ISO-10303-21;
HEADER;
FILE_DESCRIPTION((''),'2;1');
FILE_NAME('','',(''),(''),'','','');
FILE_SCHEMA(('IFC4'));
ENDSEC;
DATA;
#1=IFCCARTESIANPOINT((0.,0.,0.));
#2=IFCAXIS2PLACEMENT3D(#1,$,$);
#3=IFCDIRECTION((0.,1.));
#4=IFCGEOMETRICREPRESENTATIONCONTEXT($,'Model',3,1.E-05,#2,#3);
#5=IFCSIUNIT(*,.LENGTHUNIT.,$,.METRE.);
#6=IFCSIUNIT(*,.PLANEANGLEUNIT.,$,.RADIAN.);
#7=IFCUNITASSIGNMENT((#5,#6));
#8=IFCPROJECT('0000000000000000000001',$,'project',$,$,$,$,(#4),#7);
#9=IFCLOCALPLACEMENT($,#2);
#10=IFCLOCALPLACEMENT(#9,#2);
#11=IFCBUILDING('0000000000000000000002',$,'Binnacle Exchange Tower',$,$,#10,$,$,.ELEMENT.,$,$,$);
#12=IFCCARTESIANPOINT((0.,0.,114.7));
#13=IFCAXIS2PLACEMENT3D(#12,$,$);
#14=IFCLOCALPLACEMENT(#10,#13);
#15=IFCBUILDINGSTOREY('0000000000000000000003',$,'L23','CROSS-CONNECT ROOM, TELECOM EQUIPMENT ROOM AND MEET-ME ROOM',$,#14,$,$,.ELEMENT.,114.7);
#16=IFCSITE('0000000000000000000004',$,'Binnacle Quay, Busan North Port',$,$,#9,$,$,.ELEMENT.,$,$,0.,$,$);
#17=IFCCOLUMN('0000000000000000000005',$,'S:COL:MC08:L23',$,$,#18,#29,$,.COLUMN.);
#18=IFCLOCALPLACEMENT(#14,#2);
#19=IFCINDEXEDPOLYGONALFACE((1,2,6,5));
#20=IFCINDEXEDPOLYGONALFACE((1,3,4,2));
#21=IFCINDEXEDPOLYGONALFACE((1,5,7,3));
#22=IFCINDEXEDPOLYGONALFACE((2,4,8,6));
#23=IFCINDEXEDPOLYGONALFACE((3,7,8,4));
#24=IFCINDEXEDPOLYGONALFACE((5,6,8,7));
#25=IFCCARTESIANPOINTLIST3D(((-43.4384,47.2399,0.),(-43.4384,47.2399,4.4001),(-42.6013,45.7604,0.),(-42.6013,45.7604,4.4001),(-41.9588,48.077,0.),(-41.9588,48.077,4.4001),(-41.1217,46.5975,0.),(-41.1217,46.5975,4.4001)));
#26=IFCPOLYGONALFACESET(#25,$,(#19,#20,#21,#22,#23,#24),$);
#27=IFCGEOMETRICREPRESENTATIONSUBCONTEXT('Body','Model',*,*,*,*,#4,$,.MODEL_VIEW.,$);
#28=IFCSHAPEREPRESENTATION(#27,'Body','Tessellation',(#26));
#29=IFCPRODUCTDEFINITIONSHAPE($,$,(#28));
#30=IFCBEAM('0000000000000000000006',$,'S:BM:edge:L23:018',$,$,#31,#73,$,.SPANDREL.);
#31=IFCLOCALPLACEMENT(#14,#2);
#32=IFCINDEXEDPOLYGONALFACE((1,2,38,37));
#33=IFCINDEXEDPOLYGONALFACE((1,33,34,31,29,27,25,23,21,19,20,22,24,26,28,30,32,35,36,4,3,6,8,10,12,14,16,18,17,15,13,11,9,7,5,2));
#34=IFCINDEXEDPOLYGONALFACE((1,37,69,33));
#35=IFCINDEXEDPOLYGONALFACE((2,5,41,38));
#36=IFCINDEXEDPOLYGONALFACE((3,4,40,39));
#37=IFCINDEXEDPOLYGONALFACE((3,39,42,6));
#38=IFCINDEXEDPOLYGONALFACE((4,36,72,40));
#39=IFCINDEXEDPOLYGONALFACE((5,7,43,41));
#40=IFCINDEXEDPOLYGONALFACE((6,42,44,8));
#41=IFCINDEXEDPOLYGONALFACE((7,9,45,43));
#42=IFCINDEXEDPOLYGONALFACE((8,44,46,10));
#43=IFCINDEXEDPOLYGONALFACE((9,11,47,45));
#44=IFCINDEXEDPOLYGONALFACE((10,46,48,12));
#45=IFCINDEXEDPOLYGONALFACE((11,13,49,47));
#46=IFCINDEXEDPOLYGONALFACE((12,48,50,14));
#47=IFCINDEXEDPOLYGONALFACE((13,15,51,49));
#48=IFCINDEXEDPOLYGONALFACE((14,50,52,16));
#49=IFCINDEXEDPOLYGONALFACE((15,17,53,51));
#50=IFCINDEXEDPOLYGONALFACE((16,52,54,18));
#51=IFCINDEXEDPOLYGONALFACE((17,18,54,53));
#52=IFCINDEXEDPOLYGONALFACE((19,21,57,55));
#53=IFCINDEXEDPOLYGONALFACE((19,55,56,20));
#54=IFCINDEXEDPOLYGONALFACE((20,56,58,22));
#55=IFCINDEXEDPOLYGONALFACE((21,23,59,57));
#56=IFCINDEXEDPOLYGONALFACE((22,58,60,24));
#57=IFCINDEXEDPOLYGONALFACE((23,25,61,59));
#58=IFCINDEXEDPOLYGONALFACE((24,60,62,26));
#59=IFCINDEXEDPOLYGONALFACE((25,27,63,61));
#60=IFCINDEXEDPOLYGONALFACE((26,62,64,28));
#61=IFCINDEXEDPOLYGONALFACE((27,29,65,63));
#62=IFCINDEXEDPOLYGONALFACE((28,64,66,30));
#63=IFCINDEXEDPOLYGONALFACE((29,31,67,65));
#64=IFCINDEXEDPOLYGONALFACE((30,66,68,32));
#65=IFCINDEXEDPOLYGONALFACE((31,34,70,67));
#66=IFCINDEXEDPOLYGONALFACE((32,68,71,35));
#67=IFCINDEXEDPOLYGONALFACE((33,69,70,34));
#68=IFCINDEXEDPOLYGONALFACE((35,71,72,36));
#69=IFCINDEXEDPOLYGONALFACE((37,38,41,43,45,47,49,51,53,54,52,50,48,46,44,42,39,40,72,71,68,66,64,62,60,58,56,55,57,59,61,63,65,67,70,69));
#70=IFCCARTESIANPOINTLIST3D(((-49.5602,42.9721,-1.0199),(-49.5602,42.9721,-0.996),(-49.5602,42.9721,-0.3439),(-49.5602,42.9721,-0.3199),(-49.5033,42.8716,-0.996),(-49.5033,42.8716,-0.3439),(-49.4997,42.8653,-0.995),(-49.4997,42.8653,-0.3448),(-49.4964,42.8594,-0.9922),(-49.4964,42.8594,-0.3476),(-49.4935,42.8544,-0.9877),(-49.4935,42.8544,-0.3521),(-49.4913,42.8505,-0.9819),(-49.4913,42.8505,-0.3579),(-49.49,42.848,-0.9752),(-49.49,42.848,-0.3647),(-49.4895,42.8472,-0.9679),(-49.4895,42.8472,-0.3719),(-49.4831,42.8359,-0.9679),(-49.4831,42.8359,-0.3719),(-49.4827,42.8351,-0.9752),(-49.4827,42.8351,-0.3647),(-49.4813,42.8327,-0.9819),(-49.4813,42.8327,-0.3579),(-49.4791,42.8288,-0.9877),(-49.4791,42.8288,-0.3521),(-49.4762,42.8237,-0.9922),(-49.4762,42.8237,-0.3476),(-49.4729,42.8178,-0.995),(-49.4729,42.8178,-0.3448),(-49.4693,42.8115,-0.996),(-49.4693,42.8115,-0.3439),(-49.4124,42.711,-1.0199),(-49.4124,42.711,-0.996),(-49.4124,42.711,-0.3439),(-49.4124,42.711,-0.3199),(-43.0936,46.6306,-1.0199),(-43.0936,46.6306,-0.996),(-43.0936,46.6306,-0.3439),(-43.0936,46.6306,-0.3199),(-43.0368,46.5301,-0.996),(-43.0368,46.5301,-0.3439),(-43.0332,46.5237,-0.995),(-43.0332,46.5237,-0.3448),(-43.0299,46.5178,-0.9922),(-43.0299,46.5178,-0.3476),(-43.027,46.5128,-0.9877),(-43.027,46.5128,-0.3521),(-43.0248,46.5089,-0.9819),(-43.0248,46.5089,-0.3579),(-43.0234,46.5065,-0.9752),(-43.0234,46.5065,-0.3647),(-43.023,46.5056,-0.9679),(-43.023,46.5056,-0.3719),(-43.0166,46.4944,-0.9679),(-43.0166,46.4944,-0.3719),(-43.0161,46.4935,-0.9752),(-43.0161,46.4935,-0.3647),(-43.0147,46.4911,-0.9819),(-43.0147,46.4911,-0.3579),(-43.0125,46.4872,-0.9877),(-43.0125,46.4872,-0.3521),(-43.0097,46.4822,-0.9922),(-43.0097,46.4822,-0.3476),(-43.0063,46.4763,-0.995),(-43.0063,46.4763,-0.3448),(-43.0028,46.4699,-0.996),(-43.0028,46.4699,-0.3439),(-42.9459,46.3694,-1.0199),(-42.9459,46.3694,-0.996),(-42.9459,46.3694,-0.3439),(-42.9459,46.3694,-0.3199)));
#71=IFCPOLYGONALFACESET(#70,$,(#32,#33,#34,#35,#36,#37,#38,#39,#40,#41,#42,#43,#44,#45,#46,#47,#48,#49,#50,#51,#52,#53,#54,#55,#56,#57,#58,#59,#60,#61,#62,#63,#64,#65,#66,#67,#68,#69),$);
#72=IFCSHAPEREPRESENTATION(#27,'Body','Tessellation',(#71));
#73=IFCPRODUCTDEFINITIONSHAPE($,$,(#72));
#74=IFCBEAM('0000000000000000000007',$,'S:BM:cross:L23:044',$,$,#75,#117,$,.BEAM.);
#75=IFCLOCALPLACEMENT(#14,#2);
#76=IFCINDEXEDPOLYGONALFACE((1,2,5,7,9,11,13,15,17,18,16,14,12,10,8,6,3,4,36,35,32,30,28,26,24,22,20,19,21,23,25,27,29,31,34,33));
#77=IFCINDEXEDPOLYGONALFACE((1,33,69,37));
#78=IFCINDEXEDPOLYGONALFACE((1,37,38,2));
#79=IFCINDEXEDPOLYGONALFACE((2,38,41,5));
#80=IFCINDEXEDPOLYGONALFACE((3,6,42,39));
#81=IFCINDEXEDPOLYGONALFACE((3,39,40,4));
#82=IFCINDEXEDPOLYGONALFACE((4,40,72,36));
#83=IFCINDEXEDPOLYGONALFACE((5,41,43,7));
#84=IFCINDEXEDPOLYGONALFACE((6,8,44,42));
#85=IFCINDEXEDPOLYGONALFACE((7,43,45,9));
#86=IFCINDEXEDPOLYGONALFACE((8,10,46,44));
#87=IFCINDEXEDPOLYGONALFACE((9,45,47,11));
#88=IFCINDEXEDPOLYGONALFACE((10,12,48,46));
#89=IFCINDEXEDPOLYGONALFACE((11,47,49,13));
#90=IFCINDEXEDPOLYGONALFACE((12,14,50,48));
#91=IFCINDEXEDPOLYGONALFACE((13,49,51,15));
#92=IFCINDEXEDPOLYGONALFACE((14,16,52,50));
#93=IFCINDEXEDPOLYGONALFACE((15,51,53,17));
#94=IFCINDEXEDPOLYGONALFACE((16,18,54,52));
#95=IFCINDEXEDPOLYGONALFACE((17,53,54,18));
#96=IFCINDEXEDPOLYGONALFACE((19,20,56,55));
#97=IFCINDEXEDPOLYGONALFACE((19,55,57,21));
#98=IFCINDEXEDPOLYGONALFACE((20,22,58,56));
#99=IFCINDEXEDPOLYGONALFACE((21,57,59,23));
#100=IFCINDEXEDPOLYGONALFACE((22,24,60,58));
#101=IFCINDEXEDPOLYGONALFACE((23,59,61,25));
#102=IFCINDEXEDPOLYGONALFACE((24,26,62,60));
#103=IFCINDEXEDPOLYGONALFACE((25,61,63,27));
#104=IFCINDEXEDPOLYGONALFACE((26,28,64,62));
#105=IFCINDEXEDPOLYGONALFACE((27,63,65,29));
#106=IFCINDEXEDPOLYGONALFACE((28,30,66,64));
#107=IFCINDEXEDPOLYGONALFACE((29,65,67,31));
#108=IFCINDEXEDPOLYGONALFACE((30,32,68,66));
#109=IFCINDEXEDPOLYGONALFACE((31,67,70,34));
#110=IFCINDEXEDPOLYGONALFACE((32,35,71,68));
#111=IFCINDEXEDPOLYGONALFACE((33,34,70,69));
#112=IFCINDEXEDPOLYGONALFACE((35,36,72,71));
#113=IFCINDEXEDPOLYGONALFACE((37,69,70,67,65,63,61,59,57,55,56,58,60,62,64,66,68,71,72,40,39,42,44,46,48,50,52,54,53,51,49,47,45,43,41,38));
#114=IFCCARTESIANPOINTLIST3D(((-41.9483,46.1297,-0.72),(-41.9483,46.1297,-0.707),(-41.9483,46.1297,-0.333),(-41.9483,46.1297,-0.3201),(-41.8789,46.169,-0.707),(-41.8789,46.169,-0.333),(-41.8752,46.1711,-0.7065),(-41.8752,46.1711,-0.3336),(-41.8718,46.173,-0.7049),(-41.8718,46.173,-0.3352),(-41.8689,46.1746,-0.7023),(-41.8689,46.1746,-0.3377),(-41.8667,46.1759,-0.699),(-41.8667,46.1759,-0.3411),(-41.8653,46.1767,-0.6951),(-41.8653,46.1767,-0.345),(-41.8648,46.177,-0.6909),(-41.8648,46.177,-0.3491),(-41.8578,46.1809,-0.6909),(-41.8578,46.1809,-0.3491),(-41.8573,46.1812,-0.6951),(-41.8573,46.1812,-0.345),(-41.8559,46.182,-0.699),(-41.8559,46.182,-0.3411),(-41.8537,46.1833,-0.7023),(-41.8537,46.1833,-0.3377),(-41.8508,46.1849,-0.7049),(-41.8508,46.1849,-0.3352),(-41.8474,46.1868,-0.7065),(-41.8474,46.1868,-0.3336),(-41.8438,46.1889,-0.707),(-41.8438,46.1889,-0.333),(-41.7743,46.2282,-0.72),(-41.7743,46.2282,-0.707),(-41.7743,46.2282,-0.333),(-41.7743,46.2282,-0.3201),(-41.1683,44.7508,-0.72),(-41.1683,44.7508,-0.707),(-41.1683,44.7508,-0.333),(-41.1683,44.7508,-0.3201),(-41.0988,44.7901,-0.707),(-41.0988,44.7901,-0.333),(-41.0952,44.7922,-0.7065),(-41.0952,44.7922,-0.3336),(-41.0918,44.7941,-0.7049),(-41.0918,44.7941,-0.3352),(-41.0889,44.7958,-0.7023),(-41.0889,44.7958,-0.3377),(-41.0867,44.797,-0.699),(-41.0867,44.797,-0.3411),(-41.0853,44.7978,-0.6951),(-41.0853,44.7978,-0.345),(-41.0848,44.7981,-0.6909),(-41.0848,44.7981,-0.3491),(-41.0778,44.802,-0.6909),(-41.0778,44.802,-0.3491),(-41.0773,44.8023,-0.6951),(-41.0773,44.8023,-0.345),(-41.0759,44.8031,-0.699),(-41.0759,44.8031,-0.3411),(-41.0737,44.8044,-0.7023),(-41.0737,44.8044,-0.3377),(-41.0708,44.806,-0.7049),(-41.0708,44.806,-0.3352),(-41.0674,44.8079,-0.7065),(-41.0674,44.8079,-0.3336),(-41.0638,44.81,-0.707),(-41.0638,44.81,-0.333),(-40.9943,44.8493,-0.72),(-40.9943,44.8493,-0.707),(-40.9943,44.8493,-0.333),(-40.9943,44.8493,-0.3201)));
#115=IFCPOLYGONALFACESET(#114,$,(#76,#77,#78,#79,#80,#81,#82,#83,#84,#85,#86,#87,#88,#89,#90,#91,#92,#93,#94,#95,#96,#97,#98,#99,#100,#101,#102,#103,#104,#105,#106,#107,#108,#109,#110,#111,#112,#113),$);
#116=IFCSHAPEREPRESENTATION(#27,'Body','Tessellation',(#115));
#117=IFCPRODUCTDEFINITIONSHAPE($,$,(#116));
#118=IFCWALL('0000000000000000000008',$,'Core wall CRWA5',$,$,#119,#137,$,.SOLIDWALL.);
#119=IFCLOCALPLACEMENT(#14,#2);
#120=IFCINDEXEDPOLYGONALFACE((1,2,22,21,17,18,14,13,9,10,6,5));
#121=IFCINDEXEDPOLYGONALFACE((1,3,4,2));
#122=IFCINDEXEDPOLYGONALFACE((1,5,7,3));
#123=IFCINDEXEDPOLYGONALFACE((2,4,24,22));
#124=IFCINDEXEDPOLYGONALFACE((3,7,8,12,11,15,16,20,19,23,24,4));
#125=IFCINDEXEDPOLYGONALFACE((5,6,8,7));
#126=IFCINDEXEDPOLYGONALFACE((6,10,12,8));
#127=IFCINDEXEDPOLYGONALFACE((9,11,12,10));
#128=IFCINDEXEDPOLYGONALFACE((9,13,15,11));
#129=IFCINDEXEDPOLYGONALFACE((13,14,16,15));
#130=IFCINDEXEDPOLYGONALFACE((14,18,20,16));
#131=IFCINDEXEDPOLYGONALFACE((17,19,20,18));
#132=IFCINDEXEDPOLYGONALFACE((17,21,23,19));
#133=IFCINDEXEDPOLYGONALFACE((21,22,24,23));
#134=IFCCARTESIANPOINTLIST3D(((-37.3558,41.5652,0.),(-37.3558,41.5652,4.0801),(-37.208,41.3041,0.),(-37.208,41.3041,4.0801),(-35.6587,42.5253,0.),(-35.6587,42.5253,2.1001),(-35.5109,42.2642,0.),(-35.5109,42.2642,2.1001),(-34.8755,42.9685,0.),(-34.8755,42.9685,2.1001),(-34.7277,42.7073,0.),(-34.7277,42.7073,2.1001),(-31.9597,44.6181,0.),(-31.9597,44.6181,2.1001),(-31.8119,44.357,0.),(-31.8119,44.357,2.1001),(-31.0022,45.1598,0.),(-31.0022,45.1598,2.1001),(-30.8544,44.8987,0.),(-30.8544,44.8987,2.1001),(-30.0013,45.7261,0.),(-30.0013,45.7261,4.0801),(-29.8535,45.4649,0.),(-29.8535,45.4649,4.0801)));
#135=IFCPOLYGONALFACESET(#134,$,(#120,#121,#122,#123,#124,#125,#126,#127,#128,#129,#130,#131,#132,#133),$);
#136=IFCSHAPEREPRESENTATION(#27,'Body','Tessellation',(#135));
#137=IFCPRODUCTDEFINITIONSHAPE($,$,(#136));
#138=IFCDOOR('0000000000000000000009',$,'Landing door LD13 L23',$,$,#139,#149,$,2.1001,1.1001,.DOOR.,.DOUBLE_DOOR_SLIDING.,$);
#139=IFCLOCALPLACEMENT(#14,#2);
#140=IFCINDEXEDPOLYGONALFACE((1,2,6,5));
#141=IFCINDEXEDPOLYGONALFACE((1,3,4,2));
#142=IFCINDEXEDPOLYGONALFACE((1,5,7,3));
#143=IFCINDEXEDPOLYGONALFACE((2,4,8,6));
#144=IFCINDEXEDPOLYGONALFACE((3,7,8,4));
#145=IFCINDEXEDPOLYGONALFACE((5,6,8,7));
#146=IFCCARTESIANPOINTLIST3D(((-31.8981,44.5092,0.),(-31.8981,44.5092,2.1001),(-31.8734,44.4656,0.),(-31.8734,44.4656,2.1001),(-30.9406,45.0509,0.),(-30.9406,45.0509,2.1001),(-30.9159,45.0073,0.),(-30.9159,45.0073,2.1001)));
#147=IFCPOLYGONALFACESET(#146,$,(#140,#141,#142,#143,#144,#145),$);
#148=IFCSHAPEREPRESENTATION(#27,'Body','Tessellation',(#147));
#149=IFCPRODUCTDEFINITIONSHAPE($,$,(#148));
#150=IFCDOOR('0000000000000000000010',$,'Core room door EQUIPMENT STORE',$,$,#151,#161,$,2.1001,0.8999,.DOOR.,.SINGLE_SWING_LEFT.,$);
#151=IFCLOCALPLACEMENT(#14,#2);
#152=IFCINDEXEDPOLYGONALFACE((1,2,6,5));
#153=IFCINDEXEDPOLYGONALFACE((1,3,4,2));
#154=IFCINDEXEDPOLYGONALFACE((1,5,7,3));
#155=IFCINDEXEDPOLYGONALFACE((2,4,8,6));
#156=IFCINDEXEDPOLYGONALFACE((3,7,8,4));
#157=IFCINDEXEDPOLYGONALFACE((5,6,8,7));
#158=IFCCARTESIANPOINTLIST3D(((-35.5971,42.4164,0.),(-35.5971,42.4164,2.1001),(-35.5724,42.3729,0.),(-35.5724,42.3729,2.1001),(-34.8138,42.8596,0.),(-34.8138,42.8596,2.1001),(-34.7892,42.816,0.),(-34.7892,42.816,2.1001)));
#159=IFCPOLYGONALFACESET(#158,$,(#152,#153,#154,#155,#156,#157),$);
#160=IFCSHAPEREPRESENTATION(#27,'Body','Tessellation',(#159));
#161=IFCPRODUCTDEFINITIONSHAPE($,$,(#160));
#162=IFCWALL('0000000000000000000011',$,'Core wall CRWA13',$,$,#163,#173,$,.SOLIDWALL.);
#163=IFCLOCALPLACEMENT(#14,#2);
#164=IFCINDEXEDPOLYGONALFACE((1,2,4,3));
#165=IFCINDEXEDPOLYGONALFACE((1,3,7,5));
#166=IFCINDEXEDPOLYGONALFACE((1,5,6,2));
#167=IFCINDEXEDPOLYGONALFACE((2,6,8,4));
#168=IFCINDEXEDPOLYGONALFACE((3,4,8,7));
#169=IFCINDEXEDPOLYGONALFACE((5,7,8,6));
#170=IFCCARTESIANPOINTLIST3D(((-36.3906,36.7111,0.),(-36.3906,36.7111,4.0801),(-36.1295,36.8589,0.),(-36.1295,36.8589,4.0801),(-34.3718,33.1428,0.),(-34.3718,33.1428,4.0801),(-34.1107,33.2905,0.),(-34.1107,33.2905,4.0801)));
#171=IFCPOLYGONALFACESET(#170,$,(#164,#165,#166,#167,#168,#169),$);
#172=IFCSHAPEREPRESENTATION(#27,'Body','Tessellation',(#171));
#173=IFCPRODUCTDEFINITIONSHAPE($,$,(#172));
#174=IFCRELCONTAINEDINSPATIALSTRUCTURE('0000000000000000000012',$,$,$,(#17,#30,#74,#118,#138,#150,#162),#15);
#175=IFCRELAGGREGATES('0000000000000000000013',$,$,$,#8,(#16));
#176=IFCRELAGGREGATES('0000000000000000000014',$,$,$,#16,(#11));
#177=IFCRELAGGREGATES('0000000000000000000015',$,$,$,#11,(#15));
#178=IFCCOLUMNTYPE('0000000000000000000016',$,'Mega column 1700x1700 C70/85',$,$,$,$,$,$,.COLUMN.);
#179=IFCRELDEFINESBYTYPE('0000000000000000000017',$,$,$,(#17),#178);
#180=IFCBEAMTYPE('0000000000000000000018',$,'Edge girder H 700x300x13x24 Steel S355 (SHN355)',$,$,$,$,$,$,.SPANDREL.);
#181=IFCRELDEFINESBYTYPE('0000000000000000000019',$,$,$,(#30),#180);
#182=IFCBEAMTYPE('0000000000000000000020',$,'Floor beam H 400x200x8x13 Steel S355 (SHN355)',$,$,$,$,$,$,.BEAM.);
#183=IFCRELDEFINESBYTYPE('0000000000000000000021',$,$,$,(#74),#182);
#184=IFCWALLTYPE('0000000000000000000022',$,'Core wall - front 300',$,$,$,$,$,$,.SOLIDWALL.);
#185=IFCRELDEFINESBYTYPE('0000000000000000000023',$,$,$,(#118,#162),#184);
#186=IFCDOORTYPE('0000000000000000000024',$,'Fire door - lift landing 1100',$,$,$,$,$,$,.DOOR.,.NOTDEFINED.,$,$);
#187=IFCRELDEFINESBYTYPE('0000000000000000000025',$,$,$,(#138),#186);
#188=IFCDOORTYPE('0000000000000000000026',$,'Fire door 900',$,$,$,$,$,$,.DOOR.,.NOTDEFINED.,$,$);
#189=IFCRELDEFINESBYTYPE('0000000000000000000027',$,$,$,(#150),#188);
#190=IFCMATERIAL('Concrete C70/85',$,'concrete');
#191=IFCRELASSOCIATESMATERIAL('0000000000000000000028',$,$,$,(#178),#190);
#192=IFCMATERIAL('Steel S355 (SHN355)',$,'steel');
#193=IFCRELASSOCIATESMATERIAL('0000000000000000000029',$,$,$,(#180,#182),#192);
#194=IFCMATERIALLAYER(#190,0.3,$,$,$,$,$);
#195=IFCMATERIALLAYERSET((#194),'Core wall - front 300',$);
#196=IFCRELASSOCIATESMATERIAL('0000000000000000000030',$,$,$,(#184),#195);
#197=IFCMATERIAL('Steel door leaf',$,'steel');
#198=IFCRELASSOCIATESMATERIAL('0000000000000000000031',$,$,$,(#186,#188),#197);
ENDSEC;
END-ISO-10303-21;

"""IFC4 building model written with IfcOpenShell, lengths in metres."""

from ifc_helpers import new_model, si_unit, direction, frame, frame_2d, origin, origin_2d, place, context, subcontext, project, spatial, rectangle, i_section, extrude, material, layer, layer_set, material_profile, profile_set, type_object, element, fill, save


model = new_model("IFC4")

# Units and contexts
model_context = context("Model", 3, precision=1e-05, world=origin(), true_north=direction((0.0, 1.0)))
body_context = subcontext(model_context, "Body", "Model", "MODEL_VIEW")
ifc_project = project(units=[si_unit("LENGTHUNIT", "METRE"), si_unit("PLANEANGLEUNIT", "RADIAN")], contexts=[model_context])

# Site, building, storey
site_placement = place(None, origin())
site = spatial("IfcSite", under=ifc_project, at=site_placement, Name="Binnacle Quay, Busan North Port", CompositionType="ELEMENT", RefElevation=0.0)
building_placement = place(site_placement, origin())
building = spatial("IfcBuilding", under=site, at=building_placement, Name="Binnacle Exchange Tower", CompositionType="ELEMENT")
storey_placement = place(building_placement, frame((0.0, 0.0, 114.7)))
storey = spatial("IfcBuildingStorey", under=building, at=storey_placement, Name="L23", Description="CROSS-CONNECT ROOM, TELECOM EQUIPMENT ROOM AND MEET-ME ROOM", CompositionType="ELEMENT", Elevation=114.7)

# Column
ifc_material_1 = material(Name="Concrete C70/85", Category="concrete")
ifc_material_profile_1 = material_profile(ifc_material_1, rectangle(XDim=1.7, YDim=1.7, at=origin_2d()), Name="Mega column 1700x1700 C70/85")
ifc_profile_set_1 = profile_set([ifc_material_profile_1], Name="Concrete C70/85")
column_type = type_object("IfcColumnType", Name="Mega column 1700x1700 C70/85", PredefinedType="COLUMN", material=ifc_profile_set_1)
column_placement = place(storey_placement, frame((-42.28, 46.9187, 0.0), z_axis=(0.0, 0.0, 1.0), x_axis=(-0.870356, -0.492424, 0.0)))
element("IfcColumn", 1, at=column_placement, inside=storey, type_object=column_type, Name="S:COL:MC08:L23", PredefinedType="COLUMN", context=body_context, shape_type="SweptSolid", body=[
    extrude(rectangle(XDim=1.7, YDim=1.7, at=origin_2d()), origin(), (0.0, 0.0, 1.0), 4.4001),
])

# Beams
ifc_material_2 = material(Name="Steel S355 (SHN355)", Category="steel")
ifc_material_profile_2 = material_profile(ifc_material_2, i_section(OverallWidth=0.3, OverallDepth=0.7, WebThickness=0.0129, FlangeThickness=0.0239, FilletRadius=0.0281, at=origin_2d()), Name="H 700x300x13x24")
ifc_profile_set_2 = profile_set([ifc_material_profile_2], Name="Steel S355 (SHN355)")
beam_type_1 = type_object("IfcBeamType", Name="Edge girder H 700x300x13x24 Steel S355 (SHN355)", PredefinedType="SPANDREL", material=ifc_profile_set_2)
beam_1_placement = place(storey_placement, frame((-43.0198, 46.5, -0.6699), z_axis=(-0.870364, -0.492408, 0.0), x_axis=(0.492408, -0.870364, 0.0)))
element("IfcBeam", 2, at=beam_1_placement, inside=storey, type_object=beam_type_1, Name="S:BM:edge:L23:018", PredefinedType="SPANDREL", context=body_context, shape_type="SweptSolid", body=[
    extrude(i_section(OverallWidth=0.3, OverallDepth=0.7, WebThickness=0.0129, FlangeThickness=0.0239, FilletRadius=0.0281, at=origin_2d()), origin(), (0.0, 0.0, 1.0), 7.4297),
])
ifc_material_profile_3 = material_profile(ifc_material_2, i_section(OverallWidth=0.2, OverallDepth=0.3999, WebThickness=0.0081, FlangeThickness=0.0129, FilletRadius=0.0161, at=origin_2d()), Name="H 400x200x8x13")
ifc_profile_set_3 = profile_set([ifc_material_profile_3], Name="Steel S355 (SHN355)")
beam_type_2 = type_object("IfcBeamType", Name="Floor beam H 400x200x8x13 Steel S355 (SHN355)", PredefinedType="BEAM", material=ifc_profile_set_3)
beam_2_placement = place(storey_placement, frame((-41.8613, 46.179, -0.52), z_axis=(0.492367, -0.870388, 0.0), x_axis=(0.870388, 0.492367, 0.0)))
element("IfcBeam", 3, at=beam_2_placement, inside=storey, type_object=beam_type_2, Name="S:BM:cross:L23:044", PredefinedType="BEAM", context=body_context, shape_type="SweptSolid", body=[
    extrude(i_section(OverallWidth=0.2, OverallDepth=0.3999, WebThickness=0.0081, FlangeThickness=0.0129, FilletRadius=0.0161, at=origin_2d()), origin(), (0.0, 0.0, 1.0), 1.5842),
])

# Wall, openings, doors
ifc_layer_1 = layer(ifc_material_1, 0.3)
ifc_layer_set_1 = layer_set([ifc_layer_1], Name="Core wall - front 300")
wall_type_1 = type_object("IfcWallType", Name="Core wall - front 300", PredefinedType="SOLIDWALL", material=ifc_layer_set_1)
wall_1_placement = place(storey_placement, frame((-37.282, 41.4346, 0.0), z_axis=(0.0, 0.0, 1.0), x_axis=(0.87036, 0.492416, 0.0)))
wall_1 = element("IfcWall", 4, at=wall_1_placement, inside=storey, type_object=wall_type_1, Name="Core wall CRWA5", PredefinedType="SOLIDWALL", context=body_context, shape_type="SweptSolid", body=[
    extrude(rectangle(XDim=8.45, YDim=0.3, at=frame_2d((4.2251, 0.0))), origin(), (0.0, 0.0, 1.0), 4.0801),
])
opening_1_placement = place(wall_1_placement, frame((6.2, 0.0, 0.0)))
opening_1 = element("IfcOpeningElement", 5, at=opening_1_placement, cuts=wall_1, PredefinedType="OPENING", context=body_context, shape_type="SweptSolid", body=[
    extrude(rectangle(XDim=1.1001, YDim=2.1001, at=frame_2d((0.55, 1.05))), frame((0.0, 0.1599, 0.0), z_axis=(0.0, -1.0, 0.0), x_axis=(1.0, 0.0, 0.0)), (0.0, 0.0, 1.0), 0.3201),
])
opening_2_placement = place(wall_1_placement, frame((1.95, 0.0, 0.0)))
opening_2 = element("IfcOpeningElement", 6, at=opening_2_placement, cuts=wall_1, PredefinedType="OPENING", context=body_context, shape_type="SweptSolid", body=[
    extrude(rectangle(XDim=0.8999, YDim=2.1001, at=frame_2d((0.45, 1.05))), frame((0.0, 0.1599, 0.0), z_axis=(0.0, -1.0, 0.0), x_axis=(1.0, 0.0, 0.0)), (0.0, 0.0, 1.0), 0.3201),
])
ifc_material_3 = material(Name="Steel door leaf", Category="steel")
door_type_1 = type_object("IfcDoorType", Name="Fire door - lift landing 1100", OperationType="NOTDEFINED", PredefinedType="DOOR", material=ifc_material_3)
door_1_placement = place(opening_1_placement, origin())
door_1 = element("IfcDoor", 7, at=door_1_placement, inside=storey, type_object=door_type_1, Name="Landing door LD13 L23", OperationType="DOUBLE_DOOR_SLIDING", OverallHeight=2.1001, OverallWidth=1.1001, PredefinedType="DOOR", context=body_context, shape_type="SweptSolid", body=[
    extrude(rectangle(XDim=1.1001, YDim=2.1001, at=frame_2d((0.55, 1.05))), frame((0.0, 0.0249, 0.0), z_axis=(0.0, -1.0, 0.0), x_axis=(1.0, 0.0, 0.0)), (0.0, 0.0, 1.0), 0.05),
])
fill(opening_1, door_1)
door_type_2 = type_object("IfcDoorType", Name="Fire door 900", OperationType="NOTDEFINED", PredefinedType="DOOR", material=ifc_material_3)
door_2_placement = place(opening_2_placement, origin())
door_2 = element("IfcDoor", 8, at=door_2_placement, inside=storey, type_object=door_type_2, Name="Core room door EQUIPMENT STORE", OperationType="SINGLE_SWING_LEFT", OverallHeight=2.1001, OverallWidth=0.8999, PredefinedType="DOOR", context=body_context, shape_type="SweptSolid", body=[
    extrude(rectangle(XDim=0.8999, YDim=2.1001, at=frame_2d((0.45, 1.05))), frame((0.0, 0.0249, 0.0), z_axis=(0.0, -1.0, 0.0), x_axis=(1.0, 0.0, 0.0)), (0.0, 0.0, 1.0), 0.05),
])
fill(opening_2, door_2)

# Wall
wall_2_placement = place(storey_placement, frame((-36.26, 36.7849, 0.0), z_axis=(0.0, 0.0, 1.0), x_axis=(0.492408, -0.870364, 0.0)))
element("IfcWall", 9, at=wall_2_placement, inside=storey, type_object=wall_type_1, Name="Core wall CRWA13", PredefinedType="SOLIDWALL", context=body_context, shape_type="SweptSolid", body=[
    extrude(rectangle(XDim=4.0999, YDim=0.3, at=frame_2d((2.0498, 0.0))), origin(), (0.0, 0.0, 1.0), 4.0801),
])

save(model, "model.ifc")
